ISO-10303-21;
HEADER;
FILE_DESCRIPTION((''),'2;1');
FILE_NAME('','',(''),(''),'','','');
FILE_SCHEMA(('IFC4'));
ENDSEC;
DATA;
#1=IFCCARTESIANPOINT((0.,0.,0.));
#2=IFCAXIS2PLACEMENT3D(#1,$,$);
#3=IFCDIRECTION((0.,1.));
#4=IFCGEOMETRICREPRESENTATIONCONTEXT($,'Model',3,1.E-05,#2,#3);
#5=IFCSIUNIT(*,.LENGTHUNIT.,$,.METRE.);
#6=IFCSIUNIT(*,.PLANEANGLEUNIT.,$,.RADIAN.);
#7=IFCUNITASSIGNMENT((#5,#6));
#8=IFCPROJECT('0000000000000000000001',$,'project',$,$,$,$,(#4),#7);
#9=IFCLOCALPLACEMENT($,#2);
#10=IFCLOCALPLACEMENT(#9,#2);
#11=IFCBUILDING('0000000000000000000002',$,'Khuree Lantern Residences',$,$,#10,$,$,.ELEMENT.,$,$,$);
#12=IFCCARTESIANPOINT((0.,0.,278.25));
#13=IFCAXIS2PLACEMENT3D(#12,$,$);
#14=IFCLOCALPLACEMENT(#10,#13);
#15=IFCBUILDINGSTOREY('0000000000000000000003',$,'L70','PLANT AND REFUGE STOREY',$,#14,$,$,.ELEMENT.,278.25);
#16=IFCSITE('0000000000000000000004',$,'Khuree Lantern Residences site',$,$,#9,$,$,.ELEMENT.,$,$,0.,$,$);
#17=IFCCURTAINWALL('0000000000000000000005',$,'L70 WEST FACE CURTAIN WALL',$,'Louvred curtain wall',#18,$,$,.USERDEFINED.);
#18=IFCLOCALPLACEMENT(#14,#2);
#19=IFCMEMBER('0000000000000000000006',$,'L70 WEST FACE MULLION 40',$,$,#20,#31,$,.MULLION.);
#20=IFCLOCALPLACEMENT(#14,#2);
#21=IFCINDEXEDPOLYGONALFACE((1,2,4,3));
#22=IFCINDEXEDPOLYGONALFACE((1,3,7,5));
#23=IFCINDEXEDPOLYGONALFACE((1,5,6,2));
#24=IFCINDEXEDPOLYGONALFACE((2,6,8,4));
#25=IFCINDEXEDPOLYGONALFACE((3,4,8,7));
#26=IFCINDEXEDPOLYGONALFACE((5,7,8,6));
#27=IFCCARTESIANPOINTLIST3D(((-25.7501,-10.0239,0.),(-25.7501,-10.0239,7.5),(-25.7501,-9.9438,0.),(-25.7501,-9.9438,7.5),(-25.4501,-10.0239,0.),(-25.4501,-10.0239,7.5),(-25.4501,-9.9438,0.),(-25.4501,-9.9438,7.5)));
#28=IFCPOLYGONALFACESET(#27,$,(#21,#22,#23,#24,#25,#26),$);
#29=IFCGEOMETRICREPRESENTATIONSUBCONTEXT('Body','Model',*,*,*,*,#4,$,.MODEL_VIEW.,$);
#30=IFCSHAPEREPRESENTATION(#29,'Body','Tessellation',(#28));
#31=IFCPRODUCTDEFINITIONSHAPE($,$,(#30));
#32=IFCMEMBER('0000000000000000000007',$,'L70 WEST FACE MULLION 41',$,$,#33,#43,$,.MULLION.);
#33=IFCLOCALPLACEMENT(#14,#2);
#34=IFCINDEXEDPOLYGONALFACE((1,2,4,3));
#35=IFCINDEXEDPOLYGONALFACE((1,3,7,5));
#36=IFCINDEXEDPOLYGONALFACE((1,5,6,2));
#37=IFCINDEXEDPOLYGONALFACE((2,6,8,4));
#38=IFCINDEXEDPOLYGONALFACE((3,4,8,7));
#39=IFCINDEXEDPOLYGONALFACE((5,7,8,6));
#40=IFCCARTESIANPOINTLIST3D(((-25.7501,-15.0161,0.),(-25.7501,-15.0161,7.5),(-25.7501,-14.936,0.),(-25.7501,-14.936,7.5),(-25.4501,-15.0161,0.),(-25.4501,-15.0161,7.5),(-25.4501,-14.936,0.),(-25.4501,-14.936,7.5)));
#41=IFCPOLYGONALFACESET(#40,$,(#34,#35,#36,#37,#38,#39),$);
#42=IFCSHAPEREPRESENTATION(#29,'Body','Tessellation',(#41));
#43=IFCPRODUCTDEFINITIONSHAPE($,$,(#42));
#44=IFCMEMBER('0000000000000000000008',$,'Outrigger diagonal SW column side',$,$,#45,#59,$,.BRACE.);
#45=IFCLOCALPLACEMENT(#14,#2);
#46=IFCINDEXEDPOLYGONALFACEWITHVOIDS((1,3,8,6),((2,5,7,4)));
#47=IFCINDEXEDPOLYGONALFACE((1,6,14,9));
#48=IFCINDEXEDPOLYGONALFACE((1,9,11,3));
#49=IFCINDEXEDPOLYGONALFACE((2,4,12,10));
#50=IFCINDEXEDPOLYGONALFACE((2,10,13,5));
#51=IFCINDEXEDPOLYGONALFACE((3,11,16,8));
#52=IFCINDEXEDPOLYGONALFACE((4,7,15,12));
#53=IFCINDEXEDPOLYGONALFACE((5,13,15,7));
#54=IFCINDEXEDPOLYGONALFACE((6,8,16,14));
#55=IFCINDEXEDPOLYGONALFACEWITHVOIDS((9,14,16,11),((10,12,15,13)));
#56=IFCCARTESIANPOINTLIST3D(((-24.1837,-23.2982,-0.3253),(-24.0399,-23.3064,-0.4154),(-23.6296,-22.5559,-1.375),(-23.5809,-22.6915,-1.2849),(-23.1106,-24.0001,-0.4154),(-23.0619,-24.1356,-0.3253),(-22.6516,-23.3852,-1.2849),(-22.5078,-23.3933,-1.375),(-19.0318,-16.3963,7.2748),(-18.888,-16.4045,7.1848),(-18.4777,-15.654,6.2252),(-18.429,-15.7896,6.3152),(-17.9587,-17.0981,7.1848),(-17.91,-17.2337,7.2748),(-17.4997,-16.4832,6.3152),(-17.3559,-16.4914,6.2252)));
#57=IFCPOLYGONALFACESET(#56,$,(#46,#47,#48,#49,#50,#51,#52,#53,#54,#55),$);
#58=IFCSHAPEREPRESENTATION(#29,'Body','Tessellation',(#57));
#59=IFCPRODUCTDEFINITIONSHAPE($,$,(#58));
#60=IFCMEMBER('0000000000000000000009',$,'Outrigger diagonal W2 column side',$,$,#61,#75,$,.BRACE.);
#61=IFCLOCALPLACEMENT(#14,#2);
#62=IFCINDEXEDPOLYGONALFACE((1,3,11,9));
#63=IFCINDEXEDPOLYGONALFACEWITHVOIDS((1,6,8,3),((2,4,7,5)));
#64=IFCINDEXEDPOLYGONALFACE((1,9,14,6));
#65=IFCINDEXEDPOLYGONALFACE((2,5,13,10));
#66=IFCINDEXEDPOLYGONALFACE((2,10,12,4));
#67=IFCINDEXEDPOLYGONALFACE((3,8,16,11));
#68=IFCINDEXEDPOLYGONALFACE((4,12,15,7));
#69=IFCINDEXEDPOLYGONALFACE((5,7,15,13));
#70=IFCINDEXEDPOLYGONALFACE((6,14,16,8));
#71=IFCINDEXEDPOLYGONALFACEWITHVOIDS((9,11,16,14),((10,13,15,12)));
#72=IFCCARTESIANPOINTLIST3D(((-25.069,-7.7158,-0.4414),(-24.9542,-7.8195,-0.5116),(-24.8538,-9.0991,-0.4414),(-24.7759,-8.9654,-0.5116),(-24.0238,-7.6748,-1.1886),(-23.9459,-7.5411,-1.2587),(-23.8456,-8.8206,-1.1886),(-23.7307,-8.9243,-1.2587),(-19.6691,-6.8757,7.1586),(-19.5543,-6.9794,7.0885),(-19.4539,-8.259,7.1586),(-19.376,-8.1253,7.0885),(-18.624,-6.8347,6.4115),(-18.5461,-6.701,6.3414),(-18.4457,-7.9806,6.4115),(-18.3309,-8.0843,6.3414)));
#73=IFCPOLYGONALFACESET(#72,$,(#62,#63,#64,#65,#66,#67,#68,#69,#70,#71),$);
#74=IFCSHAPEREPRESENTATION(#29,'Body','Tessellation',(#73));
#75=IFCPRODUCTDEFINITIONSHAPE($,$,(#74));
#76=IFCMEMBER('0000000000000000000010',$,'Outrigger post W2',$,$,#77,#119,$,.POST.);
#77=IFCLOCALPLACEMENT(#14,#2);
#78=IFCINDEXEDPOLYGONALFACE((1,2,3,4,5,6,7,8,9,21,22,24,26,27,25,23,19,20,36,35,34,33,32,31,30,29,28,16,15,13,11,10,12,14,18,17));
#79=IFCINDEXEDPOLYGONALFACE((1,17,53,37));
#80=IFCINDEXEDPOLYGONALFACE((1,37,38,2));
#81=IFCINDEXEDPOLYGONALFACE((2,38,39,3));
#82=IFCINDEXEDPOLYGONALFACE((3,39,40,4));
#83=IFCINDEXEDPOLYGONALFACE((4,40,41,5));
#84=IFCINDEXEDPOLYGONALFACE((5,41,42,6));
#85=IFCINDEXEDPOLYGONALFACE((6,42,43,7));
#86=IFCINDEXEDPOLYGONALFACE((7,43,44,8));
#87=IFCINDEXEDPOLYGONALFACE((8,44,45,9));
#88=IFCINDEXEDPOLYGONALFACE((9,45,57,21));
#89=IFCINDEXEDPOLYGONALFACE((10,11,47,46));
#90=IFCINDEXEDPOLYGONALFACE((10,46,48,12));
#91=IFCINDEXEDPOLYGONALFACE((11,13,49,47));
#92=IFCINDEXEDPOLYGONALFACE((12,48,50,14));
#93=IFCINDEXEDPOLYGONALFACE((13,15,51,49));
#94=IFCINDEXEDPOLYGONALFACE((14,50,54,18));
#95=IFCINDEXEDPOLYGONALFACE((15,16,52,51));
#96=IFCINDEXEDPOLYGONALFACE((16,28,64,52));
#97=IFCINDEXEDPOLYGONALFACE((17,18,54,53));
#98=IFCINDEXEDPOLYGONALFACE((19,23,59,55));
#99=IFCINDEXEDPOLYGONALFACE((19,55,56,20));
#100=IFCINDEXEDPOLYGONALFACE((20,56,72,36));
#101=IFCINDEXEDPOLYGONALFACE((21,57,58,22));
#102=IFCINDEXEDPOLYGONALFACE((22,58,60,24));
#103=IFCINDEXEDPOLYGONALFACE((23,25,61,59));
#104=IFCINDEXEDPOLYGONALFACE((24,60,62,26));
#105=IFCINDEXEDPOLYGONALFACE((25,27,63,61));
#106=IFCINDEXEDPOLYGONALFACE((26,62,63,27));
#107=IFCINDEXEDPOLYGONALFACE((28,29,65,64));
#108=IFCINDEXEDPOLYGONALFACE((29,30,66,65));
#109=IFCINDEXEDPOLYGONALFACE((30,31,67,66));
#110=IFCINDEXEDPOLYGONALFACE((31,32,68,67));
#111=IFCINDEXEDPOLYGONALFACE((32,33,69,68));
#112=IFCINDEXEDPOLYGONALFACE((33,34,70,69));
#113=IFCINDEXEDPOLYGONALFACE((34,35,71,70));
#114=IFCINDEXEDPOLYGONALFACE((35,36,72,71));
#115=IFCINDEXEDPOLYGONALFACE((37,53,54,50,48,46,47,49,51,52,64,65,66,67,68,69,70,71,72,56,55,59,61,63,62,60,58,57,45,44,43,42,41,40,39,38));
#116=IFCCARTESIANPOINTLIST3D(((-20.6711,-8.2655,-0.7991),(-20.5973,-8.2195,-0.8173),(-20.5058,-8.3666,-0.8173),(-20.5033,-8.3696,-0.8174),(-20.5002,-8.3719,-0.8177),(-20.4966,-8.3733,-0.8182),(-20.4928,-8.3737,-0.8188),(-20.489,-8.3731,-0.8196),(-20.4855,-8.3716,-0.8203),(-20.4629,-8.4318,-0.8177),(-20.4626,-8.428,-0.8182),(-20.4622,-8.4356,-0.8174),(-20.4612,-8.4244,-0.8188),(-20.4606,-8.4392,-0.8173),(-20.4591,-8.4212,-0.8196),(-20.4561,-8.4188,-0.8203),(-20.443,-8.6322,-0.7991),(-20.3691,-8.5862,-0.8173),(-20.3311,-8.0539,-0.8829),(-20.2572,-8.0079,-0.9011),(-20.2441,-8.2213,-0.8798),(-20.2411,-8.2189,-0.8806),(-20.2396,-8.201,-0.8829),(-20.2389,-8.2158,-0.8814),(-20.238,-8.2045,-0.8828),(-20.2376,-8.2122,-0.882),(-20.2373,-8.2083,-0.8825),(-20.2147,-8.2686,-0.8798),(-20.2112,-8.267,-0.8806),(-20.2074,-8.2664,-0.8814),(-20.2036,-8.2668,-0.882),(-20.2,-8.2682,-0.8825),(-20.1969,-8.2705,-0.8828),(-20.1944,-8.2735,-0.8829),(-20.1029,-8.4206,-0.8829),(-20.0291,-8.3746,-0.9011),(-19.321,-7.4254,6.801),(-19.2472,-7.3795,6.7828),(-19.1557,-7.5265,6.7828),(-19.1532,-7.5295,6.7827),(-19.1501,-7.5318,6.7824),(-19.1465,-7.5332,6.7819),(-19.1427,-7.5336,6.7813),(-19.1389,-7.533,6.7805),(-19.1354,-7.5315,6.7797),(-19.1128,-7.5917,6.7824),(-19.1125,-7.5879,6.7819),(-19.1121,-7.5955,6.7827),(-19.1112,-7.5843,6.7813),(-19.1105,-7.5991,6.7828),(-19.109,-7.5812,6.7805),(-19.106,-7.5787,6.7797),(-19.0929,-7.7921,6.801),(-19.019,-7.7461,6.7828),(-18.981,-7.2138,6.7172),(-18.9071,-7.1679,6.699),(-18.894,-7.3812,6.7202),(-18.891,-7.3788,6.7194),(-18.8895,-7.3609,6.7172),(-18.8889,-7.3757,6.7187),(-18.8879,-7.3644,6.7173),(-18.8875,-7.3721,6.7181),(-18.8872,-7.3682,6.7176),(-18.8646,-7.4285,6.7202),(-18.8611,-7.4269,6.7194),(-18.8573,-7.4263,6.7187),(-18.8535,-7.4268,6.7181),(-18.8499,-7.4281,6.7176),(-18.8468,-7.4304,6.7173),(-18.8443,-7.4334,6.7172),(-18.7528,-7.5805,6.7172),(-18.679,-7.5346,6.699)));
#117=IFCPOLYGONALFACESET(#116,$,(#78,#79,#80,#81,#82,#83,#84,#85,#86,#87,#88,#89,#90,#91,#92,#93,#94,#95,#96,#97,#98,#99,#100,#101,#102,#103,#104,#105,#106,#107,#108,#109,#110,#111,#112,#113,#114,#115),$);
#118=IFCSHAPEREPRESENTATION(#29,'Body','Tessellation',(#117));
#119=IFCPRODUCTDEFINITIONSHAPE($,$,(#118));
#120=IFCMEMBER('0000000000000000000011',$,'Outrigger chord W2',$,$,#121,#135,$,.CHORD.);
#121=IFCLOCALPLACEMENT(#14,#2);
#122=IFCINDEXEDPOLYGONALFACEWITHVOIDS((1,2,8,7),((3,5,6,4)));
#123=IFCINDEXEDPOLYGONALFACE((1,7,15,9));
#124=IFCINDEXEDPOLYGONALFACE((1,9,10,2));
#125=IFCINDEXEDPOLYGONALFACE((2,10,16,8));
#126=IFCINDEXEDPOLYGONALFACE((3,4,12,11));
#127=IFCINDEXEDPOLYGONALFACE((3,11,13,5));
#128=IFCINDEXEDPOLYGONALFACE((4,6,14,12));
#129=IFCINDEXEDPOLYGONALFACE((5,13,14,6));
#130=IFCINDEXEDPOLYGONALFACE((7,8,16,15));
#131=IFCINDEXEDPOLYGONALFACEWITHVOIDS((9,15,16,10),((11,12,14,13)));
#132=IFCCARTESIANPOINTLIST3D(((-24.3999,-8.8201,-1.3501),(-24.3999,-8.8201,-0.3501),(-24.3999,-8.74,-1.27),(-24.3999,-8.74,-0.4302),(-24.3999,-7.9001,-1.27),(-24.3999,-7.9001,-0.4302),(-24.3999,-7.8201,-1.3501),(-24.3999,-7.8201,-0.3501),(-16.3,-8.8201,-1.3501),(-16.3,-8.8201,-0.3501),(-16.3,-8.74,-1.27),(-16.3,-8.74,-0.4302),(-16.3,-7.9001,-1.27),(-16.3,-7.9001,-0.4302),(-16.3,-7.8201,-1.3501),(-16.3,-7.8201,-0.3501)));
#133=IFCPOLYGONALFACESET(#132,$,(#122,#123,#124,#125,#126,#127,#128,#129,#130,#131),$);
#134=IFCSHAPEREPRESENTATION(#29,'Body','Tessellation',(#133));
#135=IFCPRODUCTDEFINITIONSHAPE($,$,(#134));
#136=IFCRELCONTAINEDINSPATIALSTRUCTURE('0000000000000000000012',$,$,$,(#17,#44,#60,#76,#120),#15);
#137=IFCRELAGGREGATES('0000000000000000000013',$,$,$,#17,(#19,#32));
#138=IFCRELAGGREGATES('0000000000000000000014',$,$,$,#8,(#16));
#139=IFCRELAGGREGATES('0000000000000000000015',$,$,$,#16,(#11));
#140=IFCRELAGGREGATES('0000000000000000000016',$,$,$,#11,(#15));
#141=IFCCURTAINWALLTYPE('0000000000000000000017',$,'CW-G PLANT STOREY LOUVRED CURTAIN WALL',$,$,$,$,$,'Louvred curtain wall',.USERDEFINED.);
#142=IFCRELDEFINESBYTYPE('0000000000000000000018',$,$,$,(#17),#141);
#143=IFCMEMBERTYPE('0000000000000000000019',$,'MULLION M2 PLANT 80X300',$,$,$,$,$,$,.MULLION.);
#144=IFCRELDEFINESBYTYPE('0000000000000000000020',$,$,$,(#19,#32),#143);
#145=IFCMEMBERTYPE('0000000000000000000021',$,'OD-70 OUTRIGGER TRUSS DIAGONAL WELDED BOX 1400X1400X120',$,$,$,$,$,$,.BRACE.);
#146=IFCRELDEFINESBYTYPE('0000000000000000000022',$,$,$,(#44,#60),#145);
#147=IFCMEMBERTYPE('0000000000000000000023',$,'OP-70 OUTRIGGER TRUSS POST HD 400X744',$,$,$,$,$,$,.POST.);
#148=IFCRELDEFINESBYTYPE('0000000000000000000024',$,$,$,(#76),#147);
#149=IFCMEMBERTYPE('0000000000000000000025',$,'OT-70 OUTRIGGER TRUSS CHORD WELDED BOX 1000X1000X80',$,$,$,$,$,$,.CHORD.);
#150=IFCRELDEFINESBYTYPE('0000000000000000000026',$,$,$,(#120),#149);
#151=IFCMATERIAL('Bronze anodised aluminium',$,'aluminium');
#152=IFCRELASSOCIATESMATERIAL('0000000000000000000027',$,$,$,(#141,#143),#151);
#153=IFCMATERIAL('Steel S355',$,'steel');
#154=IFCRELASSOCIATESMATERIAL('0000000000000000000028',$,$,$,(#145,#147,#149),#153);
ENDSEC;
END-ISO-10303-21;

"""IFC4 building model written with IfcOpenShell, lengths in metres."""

from ifc_helpers import new_model, si_unit, direction, frame, origin, origin_2d, place, context, subcontext, project, spatial, rectangle, hollow_rectangle, i_section, extrude, material, material_profile, profile_set, type_object, element, aggregate, save


model = new_model("IFC4")

# Units and contexts
model_context = context("Model", 3, precision=1e-05, world=origin(), true_north=direction((0.0, 1.0)))
body_context = subcontext(model_context, "Body", "Model", "MODEL_VIEW")
ifc_project = project(units=[si_unit("LENGTHUNIT", "METRE"), si_unit("PLANEANGLEUNIT", "RADIAN")], contexts=[model_context])

# Site, building, storey
site_placement = place(None, origin())
site = spatial("IfcSite", under=ifc_project, at=site_placement, Name="Khuree Lantern Residences site", CompositionType="ELEMENT", RefElevation=0.0)
building_placement = place(site_placement, origin())
building = spatial("IfcBuilding", under=site, at=building_placement, Name="Khuree Lantern Residences", CompositionType="ELEMENT")
storey_placement = place(building_placement, frame((0.0, 0.0, 278.25)))
storey = spatial("IfcBuildingStorey", under=building, at=storey_placement, Name="L70", Description="PLANT AND REFUGE STOREY", CompositionType="ELEMENT", Elevation=278.25)

# Shared definitions
ifc_material_1 = material(Name="Steel S355", Category="steel")

# Curtain wall
ifc_material_2 = material(Name="Bronze anodised aluminium", Category="aluminium")
curtain_wall_type = type_object("IfcCurtainWallType", Name="CW-G PLANT STOREY LOUVRED CURTAIN WALL", ElementType="Louvred curtain wall", PredefinedType="USERDEFINED", material=ifc_material_2)
curtain_wall_placement = place(storey_placement, origin())
curtain_wall = element("IfcCurtainWall", 1, at=curtain_wall_placement, inside=storey, type_object=curtain_wall_type, Name="L70 WEST FACE CURTAIN WALL", ObjectType="Louvred curtain wall", PredefinedType="USERDEFINED")

# Members
ifc_material_profile_1 = material_profile(ifc_material_2, rectangle(XDim=0.0801, YDim=0.3, at=origin_2d()), Name="M2 80X300")
ifc_profile_set_1 = profile_set([ifc_material_profile_1], Name="Bronze anodised aluminium")
member_type_1 = type_object("IfcMemberType", Name="MULLION M2 PLANT 80X300", PredefinedType="MULLION", material=ifc_profile_set_1)
member_1_placement = place(storey_placement, frame((-25.6001, -9.9839, 0.0), z_axis=(0.0, 0.0, 1.0), x_axis=(0.0, -1.0, 0.0)))
member_1 = element("IfcMember", 2, at=member_1_placement, type_object=member_type_1, Name="L70 WEST FACE MULLION 40", PredefinedType="MULLION", context=body_context, shape_type="SweptSolid", body=[
    extrude(rectangle(XDim=0.0801, YDim=0.3, at=origin_2d()), origin(), (0.0, 0.0, 1.0), 7.5),
])
member_2_placement = place(storey_placement, frame((-25.6001, -14.9761, 0.0), z_axis=(0.0, 0.0, 1.0), x_axis=(0.0, -1.0, 0.0)))
member_2 = element("IfcMember", 3, at=member_2_placement, type_object=member_type_1, Name="L70 WEST FACE MULLION 41", PredefinedType="MULLION", context=body_context, shape_type="SweptSolid", body=[
    extrude(rectangle(XDim=0.0801, YDim=0.3, at=origin_2d()), origin(), (0.0, 0.0, 1.0), 7.5),
])

# Members
ifc_material_profile_2 = material_profile(ifc_material_1, hollow_rectangle(XDim=1.3999, YDim=1.3999, WallThickness=0.1201, at=origin_2d()), Name="WELDED BOX 1400X1400X120")
ifc_profile_set_2 = profile_set([ifc_material_profile_2], Name="Steel S355")
member_type_2 = type_object("IfcMemberType", Name="OD-70 OUTRIGGER TRUSS DIAGONAL WELDED BOX 1400X1400X120", PredefinedType="BRACE", material=ifc_profile_set_2)
member_3_placement = place(storey_placement, frame((-18.1938, -16.4438, 6.75), z_axis=(-0.448516, -0.600869, -0.661657), x_axis=(0.801365, -0.598175, 0.0)))
element("IfcMember", 4, at=member_3_placement, inside=storey, type_object=member_type_2, Name="Outrigger diagonal SW column side", PredefinedType="BRACE", context=body_context, shape_type="SweptSolid", body=[
    extrude(hollow_rectangle(XDim=1.3999, YDim=1.3999, WallThickness=0.1201, at=origin_2d()), origin(), (0.0, 0.0, 1.0), 11.4866),
])
member_4_placement = place(storey_placement, frame((-19.0, -7.48, 6.75), z_axis=(-0.576858, -0.089744, -0.811899), x_axis=(0.153725, -0.988114, 0.0)))
element("IfcMember", 5, at=member_4_placement, inside=storey, type_object=member_type_2, Name="Outrigger diagonal W2 column side", PredefinedType="BRACE", context=body_context, shape_type="SweptSolid", body=[
    extrude(hollow_rectangle(XDim=1.3999, YDim=1.3999, WallThickness=0.1201, at=origin_2d()), origin(), (0.0, 0.0, 1.0), 9.3608),
])
ifc_material_profile_3 = material_profile(ifc_material_1, i_section(OverallWidth=0.4319, OverallDepth=0.498, WebThickness=0.0557, FlangeThickness=0.0889, FilletRadius=0.0149, at=origin_2d()), Name="HD 400X744")
ifc_profile_set_3 = profile_set([ifc_material_profile_3], Name="Steel S355")
member_type_3 = type_object("IfcMemberType", Name="OP-70 OUTRIGGER TRUSS POST HD 400X744", PredefinedType="POST", material=ifc_profile_set_3)
member_5_placement = place(storey_placement, frame((-20.3501, -8.3201, -0.8501), z_axis=(0.173877, 0.108194, 0.978806), x_axis=(-0.528314, 0.849049, 0.0)))
element("IfcMember", 6, at=member_5_placement, inside=storey, type_object=member_type_3, Name="Outrigger post W2", PredefinedType="POST", context=body_context, shape_type="SweptSolid", body=[
    extrude(i_section(OverallWidth=0.4319, OverallDepth=0.498, WebThickness=0.0557, FlangeThickness=0.0889, FilletRadius=0.0149, at=origin_2d()), origin(), (0.0, 0.0, 1.0), 7.7646),
])
ifc_material_profile_4 = material_profile(ifc_material_1, hollow_rectangle(XDim=1.0, YDim=1.0, WallThickness=0.0801, at=origin_2d()), Name="WELDED BOX 1000X1000X80")
ifc_profile_set_4 = profile_set([ifc_material_profile_4], Name="Steel S355")
member_type_4 = type_object("IfcMemberType", Name="OT-70 OUTRIGGER TRUSS CHORD WELDED BOX 1000X1000X80", PredefinedType="CHORD", material=ifc_profile_set_4)
member_6_placement = place(storey_placement, frame((-24.3999, -8.3201, -0.8501), z_axis=(1.0, 0.0, 0.0), x_axis=(0.0, 1.0, 0.0)))
element("IfcMember", 7, at=member_6_placement, inside=storey, type_object=member_type_4, Name="Outrigger chord W2", PredefinedType="CHORD", context=body_context, shape_type="SweptSolid", body=[
    extrude(hollow_rectangle(XDim=1.0, YDim=1.0, WallThickness=0.0801, at=origin_2d()), origin(), (0.0, 0.0, 1.0), 8.0999),
])

aggregate(curtain_wall, [member_1, member_2])

save(model, "model.ifc")
